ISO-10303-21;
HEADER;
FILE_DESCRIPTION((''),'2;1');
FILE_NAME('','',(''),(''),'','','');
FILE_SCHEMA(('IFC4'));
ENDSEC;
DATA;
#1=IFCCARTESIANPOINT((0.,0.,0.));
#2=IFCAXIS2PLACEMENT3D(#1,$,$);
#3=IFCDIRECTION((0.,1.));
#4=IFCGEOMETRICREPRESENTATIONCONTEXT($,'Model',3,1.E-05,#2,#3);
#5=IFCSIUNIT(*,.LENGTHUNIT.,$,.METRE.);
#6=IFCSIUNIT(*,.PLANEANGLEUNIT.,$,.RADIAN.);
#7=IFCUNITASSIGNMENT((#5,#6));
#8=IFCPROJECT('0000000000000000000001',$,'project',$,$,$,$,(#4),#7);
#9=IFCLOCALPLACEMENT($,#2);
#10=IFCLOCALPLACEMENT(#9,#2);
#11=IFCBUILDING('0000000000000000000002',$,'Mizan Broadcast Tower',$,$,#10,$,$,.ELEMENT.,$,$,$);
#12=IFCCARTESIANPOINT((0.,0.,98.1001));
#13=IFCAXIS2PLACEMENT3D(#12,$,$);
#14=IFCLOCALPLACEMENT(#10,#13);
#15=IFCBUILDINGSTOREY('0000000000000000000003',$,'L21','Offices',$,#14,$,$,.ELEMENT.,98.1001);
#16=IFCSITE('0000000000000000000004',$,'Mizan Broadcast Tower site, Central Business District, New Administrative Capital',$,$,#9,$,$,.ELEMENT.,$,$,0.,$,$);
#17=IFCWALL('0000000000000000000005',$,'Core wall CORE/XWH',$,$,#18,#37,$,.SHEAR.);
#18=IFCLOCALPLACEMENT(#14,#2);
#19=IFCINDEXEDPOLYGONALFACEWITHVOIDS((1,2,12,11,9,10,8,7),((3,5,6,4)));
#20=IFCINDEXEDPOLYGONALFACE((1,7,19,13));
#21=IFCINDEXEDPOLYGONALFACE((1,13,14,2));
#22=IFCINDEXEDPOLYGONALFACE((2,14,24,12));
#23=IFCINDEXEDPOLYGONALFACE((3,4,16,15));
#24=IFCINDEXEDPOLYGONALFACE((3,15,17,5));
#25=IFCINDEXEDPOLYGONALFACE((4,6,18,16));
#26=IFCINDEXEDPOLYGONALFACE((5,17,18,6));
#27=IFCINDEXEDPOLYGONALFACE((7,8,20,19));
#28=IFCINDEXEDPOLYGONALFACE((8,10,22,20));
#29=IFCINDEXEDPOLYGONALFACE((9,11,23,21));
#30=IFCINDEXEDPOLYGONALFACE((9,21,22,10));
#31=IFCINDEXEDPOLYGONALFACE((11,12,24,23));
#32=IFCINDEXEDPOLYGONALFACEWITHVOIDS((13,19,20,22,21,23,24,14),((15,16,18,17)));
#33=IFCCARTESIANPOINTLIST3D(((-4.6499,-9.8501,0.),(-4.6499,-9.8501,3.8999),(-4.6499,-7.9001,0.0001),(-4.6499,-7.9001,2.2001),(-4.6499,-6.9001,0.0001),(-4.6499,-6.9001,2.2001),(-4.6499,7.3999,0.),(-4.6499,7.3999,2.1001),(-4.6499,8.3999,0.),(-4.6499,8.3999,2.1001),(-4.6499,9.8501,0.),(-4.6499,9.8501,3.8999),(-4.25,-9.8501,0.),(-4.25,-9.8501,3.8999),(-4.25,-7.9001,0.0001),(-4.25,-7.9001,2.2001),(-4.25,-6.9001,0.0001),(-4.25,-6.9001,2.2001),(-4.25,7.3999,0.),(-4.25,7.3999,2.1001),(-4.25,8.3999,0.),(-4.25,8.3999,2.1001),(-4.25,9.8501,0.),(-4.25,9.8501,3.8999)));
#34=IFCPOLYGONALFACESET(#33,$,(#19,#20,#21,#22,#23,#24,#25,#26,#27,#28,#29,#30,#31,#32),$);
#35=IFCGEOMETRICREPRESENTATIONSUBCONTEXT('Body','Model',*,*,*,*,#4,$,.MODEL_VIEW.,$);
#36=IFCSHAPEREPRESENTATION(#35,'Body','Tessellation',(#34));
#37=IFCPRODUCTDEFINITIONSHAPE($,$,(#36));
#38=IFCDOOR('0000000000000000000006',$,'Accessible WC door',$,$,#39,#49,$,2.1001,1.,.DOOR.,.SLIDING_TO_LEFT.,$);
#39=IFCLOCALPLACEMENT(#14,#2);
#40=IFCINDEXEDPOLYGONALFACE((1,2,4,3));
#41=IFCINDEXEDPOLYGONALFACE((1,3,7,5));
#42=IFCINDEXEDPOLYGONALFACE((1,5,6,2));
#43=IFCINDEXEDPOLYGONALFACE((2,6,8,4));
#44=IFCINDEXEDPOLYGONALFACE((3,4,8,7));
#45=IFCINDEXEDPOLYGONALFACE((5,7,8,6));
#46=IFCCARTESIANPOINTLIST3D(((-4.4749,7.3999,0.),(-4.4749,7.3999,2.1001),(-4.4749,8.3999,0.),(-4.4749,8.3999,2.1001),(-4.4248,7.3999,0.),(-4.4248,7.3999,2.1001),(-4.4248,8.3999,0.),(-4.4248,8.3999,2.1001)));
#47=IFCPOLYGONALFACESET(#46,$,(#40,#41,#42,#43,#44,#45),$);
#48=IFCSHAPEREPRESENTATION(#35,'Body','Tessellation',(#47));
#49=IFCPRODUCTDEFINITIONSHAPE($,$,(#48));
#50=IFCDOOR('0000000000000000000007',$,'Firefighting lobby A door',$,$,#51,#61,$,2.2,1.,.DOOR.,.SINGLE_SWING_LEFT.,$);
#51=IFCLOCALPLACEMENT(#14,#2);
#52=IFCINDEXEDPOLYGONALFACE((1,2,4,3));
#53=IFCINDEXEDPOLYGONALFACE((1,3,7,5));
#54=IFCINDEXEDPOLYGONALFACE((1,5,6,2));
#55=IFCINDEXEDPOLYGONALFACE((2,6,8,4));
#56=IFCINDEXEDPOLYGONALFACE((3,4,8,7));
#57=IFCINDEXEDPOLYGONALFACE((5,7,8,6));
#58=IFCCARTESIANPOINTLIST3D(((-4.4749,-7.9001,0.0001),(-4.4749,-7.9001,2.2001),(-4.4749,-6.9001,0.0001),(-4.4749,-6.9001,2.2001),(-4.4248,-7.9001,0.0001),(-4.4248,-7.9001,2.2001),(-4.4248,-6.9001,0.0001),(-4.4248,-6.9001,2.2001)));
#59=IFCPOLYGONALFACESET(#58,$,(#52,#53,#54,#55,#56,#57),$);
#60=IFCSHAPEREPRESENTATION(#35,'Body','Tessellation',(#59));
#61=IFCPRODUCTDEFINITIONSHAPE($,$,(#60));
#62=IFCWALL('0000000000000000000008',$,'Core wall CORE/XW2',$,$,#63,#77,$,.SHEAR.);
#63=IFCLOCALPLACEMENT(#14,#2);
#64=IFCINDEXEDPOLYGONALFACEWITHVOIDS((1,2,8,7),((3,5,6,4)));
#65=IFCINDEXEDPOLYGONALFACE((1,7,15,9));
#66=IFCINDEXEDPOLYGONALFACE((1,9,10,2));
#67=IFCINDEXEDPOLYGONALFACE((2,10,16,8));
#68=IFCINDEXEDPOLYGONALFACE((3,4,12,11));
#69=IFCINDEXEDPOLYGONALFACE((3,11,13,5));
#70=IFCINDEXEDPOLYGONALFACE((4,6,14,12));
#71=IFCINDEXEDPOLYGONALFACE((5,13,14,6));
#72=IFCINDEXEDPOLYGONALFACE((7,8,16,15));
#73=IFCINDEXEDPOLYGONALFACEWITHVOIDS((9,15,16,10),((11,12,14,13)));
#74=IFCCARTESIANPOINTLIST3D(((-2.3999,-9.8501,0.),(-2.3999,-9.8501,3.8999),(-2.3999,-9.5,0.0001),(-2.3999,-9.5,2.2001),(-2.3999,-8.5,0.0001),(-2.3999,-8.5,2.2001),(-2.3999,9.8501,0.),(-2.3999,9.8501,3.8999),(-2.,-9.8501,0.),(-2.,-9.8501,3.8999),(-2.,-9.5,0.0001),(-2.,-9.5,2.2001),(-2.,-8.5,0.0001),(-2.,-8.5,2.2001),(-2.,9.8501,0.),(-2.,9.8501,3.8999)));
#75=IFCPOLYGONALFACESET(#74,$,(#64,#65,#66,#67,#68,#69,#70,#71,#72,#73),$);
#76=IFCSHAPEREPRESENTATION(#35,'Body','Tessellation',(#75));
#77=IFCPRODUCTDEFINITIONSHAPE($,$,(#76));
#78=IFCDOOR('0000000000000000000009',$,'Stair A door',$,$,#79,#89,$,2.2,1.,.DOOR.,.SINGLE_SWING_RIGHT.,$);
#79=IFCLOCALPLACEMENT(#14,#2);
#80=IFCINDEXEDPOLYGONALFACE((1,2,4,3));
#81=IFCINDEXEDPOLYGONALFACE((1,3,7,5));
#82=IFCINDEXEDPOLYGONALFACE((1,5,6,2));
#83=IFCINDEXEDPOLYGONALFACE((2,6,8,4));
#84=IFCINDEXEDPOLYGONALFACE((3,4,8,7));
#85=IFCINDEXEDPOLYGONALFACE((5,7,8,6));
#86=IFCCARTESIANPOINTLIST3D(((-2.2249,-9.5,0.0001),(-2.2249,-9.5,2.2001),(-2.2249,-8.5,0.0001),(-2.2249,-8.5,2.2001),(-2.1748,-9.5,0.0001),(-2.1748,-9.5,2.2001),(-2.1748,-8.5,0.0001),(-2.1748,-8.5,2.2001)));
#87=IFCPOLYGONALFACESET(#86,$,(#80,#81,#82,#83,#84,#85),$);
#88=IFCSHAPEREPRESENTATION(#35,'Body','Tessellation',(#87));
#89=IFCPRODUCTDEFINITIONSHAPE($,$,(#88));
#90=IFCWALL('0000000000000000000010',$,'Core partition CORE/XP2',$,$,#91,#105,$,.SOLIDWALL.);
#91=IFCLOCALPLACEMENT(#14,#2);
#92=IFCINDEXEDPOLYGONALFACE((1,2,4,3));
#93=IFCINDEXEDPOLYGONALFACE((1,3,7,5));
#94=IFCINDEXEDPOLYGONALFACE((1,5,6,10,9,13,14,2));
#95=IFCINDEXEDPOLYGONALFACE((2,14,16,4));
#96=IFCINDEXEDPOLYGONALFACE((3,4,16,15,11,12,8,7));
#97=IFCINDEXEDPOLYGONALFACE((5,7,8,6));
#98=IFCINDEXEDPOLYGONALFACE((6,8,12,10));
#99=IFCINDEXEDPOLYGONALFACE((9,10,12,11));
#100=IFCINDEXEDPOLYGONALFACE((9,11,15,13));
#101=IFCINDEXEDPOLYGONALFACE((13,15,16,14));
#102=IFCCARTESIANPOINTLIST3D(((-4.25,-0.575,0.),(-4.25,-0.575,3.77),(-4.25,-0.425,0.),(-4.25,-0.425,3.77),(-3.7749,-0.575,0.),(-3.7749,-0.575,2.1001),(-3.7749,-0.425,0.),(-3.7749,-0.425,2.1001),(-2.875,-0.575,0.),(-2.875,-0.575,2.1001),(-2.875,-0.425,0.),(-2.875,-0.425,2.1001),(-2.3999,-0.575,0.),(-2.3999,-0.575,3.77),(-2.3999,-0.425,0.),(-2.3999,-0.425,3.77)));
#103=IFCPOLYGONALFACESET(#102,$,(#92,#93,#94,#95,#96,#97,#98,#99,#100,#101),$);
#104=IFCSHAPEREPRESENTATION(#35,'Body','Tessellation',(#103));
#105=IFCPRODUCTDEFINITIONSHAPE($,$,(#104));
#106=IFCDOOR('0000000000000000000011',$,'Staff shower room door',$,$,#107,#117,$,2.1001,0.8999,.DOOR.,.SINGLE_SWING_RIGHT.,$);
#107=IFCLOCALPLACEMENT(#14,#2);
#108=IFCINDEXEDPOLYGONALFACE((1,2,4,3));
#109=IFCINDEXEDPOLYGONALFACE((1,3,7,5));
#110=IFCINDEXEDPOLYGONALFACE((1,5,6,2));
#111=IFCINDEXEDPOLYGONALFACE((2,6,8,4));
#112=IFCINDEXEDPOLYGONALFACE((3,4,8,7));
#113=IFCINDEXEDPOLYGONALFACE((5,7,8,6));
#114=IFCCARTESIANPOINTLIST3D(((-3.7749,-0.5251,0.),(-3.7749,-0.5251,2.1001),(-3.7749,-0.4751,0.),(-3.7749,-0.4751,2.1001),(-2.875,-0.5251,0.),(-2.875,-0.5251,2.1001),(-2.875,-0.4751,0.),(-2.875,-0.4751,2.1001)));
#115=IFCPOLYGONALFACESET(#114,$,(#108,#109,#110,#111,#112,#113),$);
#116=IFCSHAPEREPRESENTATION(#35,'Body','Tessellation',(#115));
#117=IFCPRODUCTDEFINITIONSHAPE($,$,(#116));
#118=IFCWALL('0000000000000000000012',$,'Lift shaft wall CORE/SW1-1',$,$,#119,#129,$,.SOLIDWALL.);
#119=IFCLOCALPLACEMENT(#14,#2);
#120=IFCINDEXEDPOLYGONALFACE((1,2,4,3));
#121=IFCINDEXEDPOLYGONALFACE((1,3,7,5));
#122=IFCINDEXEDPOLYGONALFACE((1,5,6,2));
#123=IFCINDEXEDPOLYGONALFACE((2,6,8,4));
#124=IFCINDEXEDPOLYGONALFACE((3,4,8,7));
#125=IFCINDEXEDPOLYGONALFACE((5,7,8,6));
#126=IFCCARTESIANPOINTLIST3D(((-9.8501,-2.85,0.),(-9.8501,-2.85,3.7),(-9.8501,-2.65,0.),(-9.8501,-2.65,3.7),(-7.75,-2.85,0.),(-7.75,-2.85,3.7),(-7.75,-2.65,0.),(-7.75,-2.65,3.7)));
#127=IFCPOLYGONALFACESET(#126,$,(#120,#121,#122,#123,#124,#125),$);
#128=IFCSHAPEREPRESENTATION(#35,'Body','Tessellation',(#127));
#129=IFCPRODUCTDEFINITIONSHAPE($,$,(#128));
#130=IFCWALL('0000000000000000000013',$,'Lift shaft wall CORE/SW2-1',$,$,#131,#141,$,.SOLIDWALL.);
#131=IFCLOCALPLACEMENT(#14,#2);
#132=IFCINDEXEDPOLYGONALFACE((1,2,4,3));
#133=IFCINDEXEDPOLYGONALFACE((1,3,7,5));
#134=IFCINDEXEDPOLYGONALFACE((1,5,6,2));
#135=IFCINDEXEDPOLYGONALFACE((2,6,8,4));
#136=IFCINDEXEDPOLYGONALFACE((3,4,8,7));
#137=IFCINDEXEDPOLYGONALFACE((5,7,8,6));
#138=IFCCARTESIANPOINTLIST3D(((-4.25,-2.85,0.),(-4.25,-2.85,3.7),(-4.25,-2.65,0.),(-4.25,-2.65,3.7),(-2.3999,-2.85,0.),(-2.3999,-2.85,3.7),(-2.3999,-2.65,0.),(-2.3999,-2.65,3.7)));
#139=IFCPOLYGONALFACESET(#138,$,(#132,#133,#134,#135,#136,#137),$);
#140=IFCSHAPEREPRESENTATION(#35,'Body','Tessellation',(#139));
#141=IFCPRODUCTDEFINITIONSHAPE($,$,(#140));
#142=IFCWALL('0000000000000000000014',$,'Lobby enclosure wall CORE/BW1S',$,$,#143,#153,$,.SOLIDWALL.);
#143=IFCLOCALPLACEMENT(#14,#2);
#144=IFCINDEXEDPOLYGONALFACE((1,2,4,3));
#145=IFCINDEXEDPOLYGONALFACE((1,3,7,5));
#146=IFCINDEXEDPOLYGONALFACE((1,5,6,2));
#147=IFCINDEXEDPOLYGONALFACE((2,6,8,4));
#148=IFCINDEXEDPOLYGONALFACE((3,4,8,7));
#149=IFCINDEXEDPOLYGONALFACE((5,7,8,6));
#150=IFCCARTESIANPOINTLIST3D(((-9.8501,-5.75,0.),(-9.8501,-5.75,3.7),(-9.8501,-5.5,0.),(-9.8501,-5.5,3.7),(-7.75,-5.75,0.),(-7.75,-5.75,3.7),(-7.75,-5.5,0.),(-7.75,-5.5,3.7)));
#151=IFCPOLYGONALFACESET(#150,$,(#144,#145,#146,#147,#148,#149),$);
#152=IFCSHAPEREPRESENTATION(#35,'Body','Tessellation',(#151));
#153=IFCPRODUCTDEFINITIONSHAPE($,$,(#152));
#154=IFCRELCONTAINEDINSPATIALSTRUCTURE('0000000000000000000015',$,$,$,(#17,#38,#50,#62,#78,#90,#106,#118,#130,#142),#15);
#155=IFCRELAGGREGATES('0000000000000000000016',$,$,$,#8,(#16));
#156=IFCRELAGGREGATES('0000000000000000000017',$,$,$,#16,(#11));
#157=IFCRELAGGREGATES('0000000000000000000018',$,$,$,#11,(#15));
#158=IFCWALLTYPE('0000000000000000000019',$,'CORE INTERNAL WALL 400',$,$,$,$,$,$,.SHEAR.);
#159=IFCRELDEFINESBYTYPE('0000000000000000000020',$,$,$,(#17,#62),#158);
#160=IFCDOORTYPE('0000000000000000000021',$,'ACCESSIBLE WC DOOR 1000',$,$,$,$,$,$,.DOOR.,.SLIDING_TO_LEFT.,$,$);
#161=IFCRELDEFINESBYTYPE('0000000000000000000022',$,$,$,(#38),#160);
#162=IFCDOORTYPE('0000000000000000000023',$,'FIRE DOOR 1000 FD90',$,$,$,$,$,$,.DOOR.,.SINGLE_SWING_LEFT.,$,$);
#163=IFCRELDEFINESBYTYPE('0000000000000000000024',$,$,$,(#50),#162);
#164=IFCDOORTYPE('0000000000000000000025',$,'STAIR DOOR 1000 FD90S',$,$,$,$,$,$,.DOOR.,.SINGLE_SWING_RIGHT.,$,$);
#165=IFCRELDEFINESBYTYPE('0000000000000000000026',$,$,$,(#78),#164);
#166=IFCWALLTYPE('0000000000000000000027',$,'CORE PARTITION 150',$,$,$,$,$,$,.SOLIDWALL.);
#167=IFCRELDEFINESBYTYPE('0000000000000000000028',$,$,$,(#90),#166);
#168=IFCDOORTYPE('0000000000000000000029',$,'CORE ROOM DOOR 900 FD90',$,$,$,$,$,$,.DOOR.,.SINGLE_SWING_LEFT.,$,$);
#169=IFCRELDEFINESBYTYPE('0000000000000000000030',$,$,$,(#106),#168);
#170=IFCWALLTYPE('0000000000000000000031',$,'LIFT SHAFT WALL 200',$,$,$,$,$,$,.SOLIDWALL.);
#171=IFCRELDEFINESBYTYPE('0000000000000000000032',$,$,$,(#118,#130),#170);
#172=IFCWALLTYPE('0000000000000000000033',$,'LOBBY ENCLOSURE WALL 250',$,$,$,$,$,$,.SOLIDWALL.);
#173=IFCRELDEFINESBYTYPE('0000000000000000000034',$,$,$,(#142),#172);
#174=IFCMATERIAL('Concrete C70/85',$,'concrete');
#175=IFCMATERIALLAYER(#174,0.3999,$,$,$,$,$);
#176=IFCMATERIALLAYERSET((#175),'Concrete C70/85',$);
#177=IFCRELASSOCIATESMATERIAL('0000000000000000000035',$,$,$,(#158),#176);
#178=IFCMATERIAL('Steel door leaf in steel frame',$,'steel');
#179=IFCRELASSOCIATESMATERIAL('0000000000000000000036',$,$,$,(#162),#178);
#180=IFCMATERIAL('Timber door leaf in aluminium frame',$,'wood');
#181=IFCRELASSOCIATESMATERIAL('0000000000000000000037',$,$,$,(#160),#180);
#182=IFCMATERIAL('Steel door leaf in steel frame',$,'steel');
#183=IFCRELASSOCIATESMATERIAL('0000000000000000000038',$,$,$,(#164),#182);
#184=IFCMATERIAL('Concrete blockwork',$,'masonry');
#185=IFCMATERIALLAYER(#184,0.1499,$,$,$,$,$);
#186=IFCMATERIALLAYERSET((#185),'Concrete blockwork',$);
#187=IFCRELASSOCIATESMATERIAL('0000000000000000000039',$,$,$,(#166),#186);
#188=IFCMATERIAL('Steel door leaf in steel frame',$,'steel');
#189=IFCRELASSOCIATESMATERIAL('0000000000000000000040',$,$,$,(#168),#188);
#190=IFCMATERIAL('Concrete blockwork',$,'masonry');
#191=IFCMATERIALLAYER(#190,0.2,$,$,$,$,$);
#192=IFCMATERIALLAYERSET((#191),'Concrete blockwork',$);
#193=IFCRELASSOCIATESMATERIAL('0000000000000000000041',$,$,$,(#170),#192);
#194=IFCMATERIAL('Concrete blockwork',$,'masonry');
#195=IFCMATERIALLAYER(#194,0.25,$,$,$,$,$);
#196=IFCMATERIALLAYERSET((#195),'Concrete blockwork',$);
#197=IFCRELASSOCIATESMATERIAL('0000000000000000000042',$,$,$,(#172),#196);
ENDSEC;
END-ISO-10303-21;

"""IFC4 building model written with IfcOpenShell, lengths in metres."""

from ifc_helpers import new_model, si_unit, direction, frame, frame_2d, origin, place, context, subcontext, project, spatial, rectangle, extrude, material, layer, layer_set, type_object, element, fill, save


model = new_model("IFC4")

# Units and contexts
model_context = context("Model", 3, precision=1e-05, world=origin(), true_north=direction((0.0, 1.0)))
body_context = subcontext(model_context, "Body", "Model", "MODEL_VIEW")
ifc_project = project(units=[si_unit("LENGTHUNIT", "METRE"), si_unit("PLANEANGLEUNIT", "RADIAN")], contexts=[model_context])

# Site, building, storey
site_placement = place(None, origin())
site = spatial("IfcSite", under=ifc_project, at=site_placement, Name="Mizan Broadcast Tower site, Central Business District, New Administrative Capital", CompositionType="ELEMENT", RefElevation=0.0)
building_placement = place(site_placement, origin())
building = spatial("IfcBuilding", under=site, at=building_placement, Name="Mizan Broadcast Tower", CompositionType="ELEMENT")
storey_placement = place(building_placement, frame((0.0, 0.0, 98.1001)))
storey = spatial("IfcBuildingStorey", under=building, at=storey_placement, Name="L21", Description="Offices", CompositionType="ELEMENT", Elevation=98.1001)

# Wall, openings, doors
ifc_material_1 = material(Name="Concrete C70/85", Category="concrete")
ifc_layer_1 = layer(ifc_material_1, 0.3999)
ifc_layer_set_1 = layer_set([ifc_layer_1], Name="Concrete C70/85")
wall_type_1 = type_object("IfcWallType", Name="CORE INTERNAL WALL 400", PredefinedType="SHEAR", material=ifc_layer_set_1)
ifc_material_2 = material(Name="Steel door leaf in steel frame", Category="steel")
door_type_1 = type_object("IfcDoorType", Name="FIRE DOOR 1000 FD90", OperationType="SINGLE_SWING_LEFT", PredefinedType="DOOR", material=ifc_material_2)
wall_1_placement = place(storey_placement, frame((-4.45, -9.8501, 0.0), z_axis=(0.0, 0.0, 1.0), x_axis=(0.0, 1.0, 0.0)))
wall_1 = element("IfcWall", 1, at=wall_1_placement, inside=storey, type_object=wall_type_1, Name="Core wall CORE/XWH", PredefinedType="SHEAR", context=body_context, shape_type="SweptSolid", body=[
    extrude(rectangle(XDim=19.7002, YDim=0.3999, at=frame_2d((9.8501, 0.0))), origin(), (0.0, 0.0, 1.0), 3.8999),
])
opening_1_placement = place(wall_1_placement, frame((1.95, 0.0, 0.0)))
opening_1 = element("IfcOpeningElement", 2, at=opening_1_placement, cuts=wall_1, PredefinedType="OPENING", context=body_context, shape_type="SweptSolid", body=[
    extrude(rectangle(XDim=1.0, YDim=2.2, at=frame_2d((0.5, 1.1001))), frame((0.0, 0.21, 0.0), z_axis=(0.0, -1.0, 0.0), x_axis=(1.0, 0.0, 0.0)), (0.0, 0.0, 1.0), 0.4199),
])
opening_2_placement = place(wall_1_placement, frame((17.25, 0.0, 0.0)))
opening_2 = element("IfcOpeningElement", 3, at=opening_2_placement, cuts=wall_1, PredefinedType="OPENING", context=body_context, shape_type="SweptSolid", body=[
    extrude(rectangle(XDim=1.0, YDim=2.1001, at=frame_2d((0.5, 1.05))), frame((0.0, 0.21, 0.0), z_axis=(0.0, -1.0, 0.0), x_axis=(1.0, 0.0, 0.0)), (0.0, 0.0, 1.0), 0.4199),
])
ifc_material_3 = material(Name="Timber door leaf in aluminium frame", Category="wood")
door_type_2 = type_object("IfcDoorType", Name="ACCESSIBLE WC DOOR 1000", OperationType="SLIDING_TO_LEFT", PredefinedType="DOOR", material=ifc_material_3)
door_1_placement = place(opening_2_placement, origin())
door_1 = element("IfcDoor", 4, at=door_1_placement, inside=storey, type_object=door_type_2, Name="Accessible WC door", OperationType="SLIDING_TO_LEFT", OverallHeight=2.1001, OverallWidth=1.0, PredefinedType="DOOR", context=body_context, shape_type="SweptSolid", body=[
    extrude(rectangle(XDim=1.0, YDim=2.1001, at=frame_2d((0.5, 1.05))), frame((0.0, 0.0249, 0.0), z_axis=(0.0, -1.0, 0.0), x_axis=(1.0, 0.0, 0.0)), (0.0, 0.0, 1.0), 0.05),
])
fill(opening_2, door_1)
door_2_placement = place(opening_1_placement, origin())
door_2 = element("IfcDoor", 5, at=door_2_placement, inside=storey, type_object=door_type_1, Name="Firefighting lobby A door", OperationType="SINGLE_SWING_LEFT", OverallHeight=2.2, OverallWidth=1.0, PredefinedType="DOOR", context=body_context, shape_type="SweptSolid", body=[
    extrude(rectangle(XDim=1.0, YDim=2.2, at=frame_2d((0.5, 1.1001))), frame((0.0, 0.0249, 0.0), z_axis=(0.0, -1.0, 0.0), x_axis=(1.0, 0.0, 0.0)), (0.0, 0.0, 1.0), 0.05),
])
fill(opening_1, door_2)

# Walls, openings, doors
wall_2_placement = place(storey_placement, frame((-2.2, -9.8501, 0.0), z_axis=(0.0, 0.0, 1.0), x_axis=(0.0, 1.0, 0.0)))
wall_2 = element("IfcWall", 6, at=wall_2_placement, inside=storey, type_object=wall_type_1, Name="Core wall CORE/XW2", PredefinedType="SHEAR", context=body_context, shape_type="SweptSolid", body=[
    extrude(rectangle(XDim=19.7002, YDim=0.3999, at=frame_2d((9.8501, 0.0))), origin(), (0.0, 0.0, 1.0), 3.8999),
])
opening_3_placement = place(wall_2_placement, frame((0.3501, 0.0, 0.0)))
opening_3 = element("IfcOpeningElement", 7, at=opening_3_placement, cuts=wall_2, PredefinedType="OPENING", context=body_context, shape_type="SweptSolid", body=[
    extrude(rectangle(XDim=1.0, YDim=2.2, at=frame_2d((0.5, 1.1001))), frame((0.0, 0.21, 0.0), z_axis=(0.0, -1.0, 0.0), x_axis=(1.0, 0.0, 0.0)), (0.0, 0.0, 1.0), 0.4199),
])
ifc_material_4 = material(Name="Steel door leaf in steel frame", Category="steel")
door_type_3 = type_object("IfcDoorType", Name="STAIR DOOR 1000 FD90S", OperationType="SINGLE_SWING_RIGHT", PredefinedType="DOOR", material=ifc_material_4)
door_3_placement = place(opening_3_placement, origin())
door_3 = element("IfcDoor", 8, at=door_3_placement, inside=storey, type_object=door_type_3, Name="Stair A door", OperationType="SINGLE_SWING_RIGHT", OverallHeight=2.2, OverallWidth=1.0, PredefinedType="DOOR", context=body_context, shape_type="SweptSolid", body=[
    extrude(rectangle(XDim=1.0, YDim=2.2, at=frame_2d((0.5, 1.1001))), frame((0.0, 0.0249, 0.0), z_axis=(0.0, -1.0, 0.0), x_axis=(1.0, 0.0, 0.0)), (0.0, 0.0, 1.0), 0.05),
])
fill(opening_3, door_3)
ifc_material_5 = material(Name="Concrete blockwork", Category="masonry")
ifc_layer_2 = layer(ifc_material_5, 0.1499)
ifc_layer_set_2 = layer_set([ifc_layer_2], Name="Concrete blockwork")
wall_type_2 = type_object("IfcWallType", Name="CORE PARTITION 150", PredefinedType="SOLIDWALL", material=ifc_layer_set_2)
wall_3_placement = place(storey_placement, frame((-4.25, -0.5, 0.0), z_axis=(0.0, 0.0, 1.0), x_axis=(1.0, 0.0, 0.0)))
wall_3 = element("IfcWall", 9, at=wall_3_placement, inside=storey, type_object=wall_type_2, Name="Core partition CORE/XP2", PredefinedType="SOLIDWALL", context=body_context, shape_type="SweptSolid", body=[
    extrude(rectangle(XDim=1.8501, YDim=0.1499, at=frame_2d((0.925, 0.0))), origin(), (0.0, 0.0, 1.0), 3.77),
])
opening_4_placement = place(wall_3_placement, frame((0.4751, 0.0, 0.0)))
opening_4 = element("IfcOpeningElement", 10, at=opening_4_placement, cuts=wall_3, PredefinedType="OPENING", context=body_context, shape_type="SweptSolid", body=[
    extrude(rectangle(XDim=0.8999, YDim=2.1001, at=frame_2d((0.45, 1.05))), frame((0.0, 0.085, 0.0), z_axis=(0.0, -1.0, 0.0), x_axis=(1.0, 0.0, 0.0)), (0.0, 0.0, 1.0), 0.1699),
])
ifc_material_6 = material(Name="Steel door leaf in steel frame", Category="steel")
door_type_4 = type_object("IfcDoorType", Name="CORE ROOM DOOR 900 FD90", OperationType="SINGLE_SWING_LEFT", PredefinedType="DOOR", material=ifc_material_6)
door_4_placement = place(opening_4_placement, origin())
door_4 = element("IfcDoor", 11, at=door_4_placement, inside=storey, type_object=door_type_4, Name="Staff shower room door", OperationType="SINGLE_SWING_RIGHT", OverallHeight=2.1001, OverallWidth=0.8999, PredefinedType="DOOR", context=body_context, shape_type="SweptSolid", body=[
    extrude(rectangle(XDim=0.8999, YDim=2.1001, at=frame_2d((0.45, 1.05))), frame((0.0, 0.0249, 0.0), z_axis=(0.0, -1.0, 0.0), x_axis=(1.0, 0.0, 0.0)), (0.0, 0.0, 1.0), 0.05),
])
fill(opening_4, door_4)

# Walls
ifc_material_7 = material(Name="Concrete blockwork", Category="masonry")
ifc_layer_3 = layer(ifc_material_7, 0.2)
ifc_layer_set_3 = layer_set([ifc_layer_3], Name="Concrete blockwork")
wall_type_3 = type_object("IfcWallType", Name="LIFT SHAFT WALL 200", PredefinedType="SOLIDWALL", material=ifc_layer_set_3)
wall_4_placement = place(storey_placement, frame((-9.8501, -2.75, 0.0), z_axis=(0.0, 0.0, 1.0), x_axis=(1.0, 0.0, 0.0)))
element("IfcWall", 12, at=wall_4_placement, inside=storey, type_object=wall_type_3, Name="Lift shaft wall CORE/SW1-1", PredefinedType="SOLIDWALL", context=body_context, shape_type="SweptSolid", body=[
    extrude(rectangle(XDim=2.1001, YDim=0.2, at=frame_2d((1.05, 0.0))), origin(), (0.0, 0.0, 1.0), 3.7),
])
wall_5_placement = place(storey_placement, frame((-4.25, -2.75, 0.0), z_axis=(0.0, 0.0, 1.0), x_axis=(1.0, 0.0, 0.0)))
element("IfcWall", 13, at=wall_5_placement, inside=storey, type_object=wall_type_3, Name="Lift shaft wall CORE/SW2-1", PredefinedType="SOLIDWALL", context=body_context, shape_type="SweptSolid", body=[
    extrude(rectangle(XDim=1.8501, YDim=0.2, at=frame_2d((0.925, 0.0))), origin(), (0.0, 0.0, 1.0), 3.7),
])
ifc_material_8 = material(Name="Concrete blockwork", Category="masonry")
ifc_layer_4 = layer(ifc_material_8, 0.25)
ifc_layer_set_4 = layer_set([ifc_layer_4], Name="Concrete blockwork")
wall_type_4 = type_object("IfcWallType", Name="LOBBY ENCLOSURE WALL 250", PredefinedType="SOLIDWALL", material=ifc_layer_set_4)
wall_6_placement = place(storey_placement, frame((-9.8501, -5.625, 0.0), z_axis=(0.0, 0.0, 1.0), x_axis=(1.0, 0.0, 0.0)))
element("IfcWall", 14, at=wall_6_placement, inside=storey, type_object=wall_type_4, Name="Lobby enclosure wall CORE/BW1S", PredefinedType="SOLIDWALL", context=body_context, shape_type="SweptSolid", body=[
    extrude(rectangle(XDim=2.1001, YDim=0.25, at=frame_2d((1.05, 0.0))), origin(), (0.0, 0.0, 1.0), 3.7),
])

save(model, "model.ifc")
